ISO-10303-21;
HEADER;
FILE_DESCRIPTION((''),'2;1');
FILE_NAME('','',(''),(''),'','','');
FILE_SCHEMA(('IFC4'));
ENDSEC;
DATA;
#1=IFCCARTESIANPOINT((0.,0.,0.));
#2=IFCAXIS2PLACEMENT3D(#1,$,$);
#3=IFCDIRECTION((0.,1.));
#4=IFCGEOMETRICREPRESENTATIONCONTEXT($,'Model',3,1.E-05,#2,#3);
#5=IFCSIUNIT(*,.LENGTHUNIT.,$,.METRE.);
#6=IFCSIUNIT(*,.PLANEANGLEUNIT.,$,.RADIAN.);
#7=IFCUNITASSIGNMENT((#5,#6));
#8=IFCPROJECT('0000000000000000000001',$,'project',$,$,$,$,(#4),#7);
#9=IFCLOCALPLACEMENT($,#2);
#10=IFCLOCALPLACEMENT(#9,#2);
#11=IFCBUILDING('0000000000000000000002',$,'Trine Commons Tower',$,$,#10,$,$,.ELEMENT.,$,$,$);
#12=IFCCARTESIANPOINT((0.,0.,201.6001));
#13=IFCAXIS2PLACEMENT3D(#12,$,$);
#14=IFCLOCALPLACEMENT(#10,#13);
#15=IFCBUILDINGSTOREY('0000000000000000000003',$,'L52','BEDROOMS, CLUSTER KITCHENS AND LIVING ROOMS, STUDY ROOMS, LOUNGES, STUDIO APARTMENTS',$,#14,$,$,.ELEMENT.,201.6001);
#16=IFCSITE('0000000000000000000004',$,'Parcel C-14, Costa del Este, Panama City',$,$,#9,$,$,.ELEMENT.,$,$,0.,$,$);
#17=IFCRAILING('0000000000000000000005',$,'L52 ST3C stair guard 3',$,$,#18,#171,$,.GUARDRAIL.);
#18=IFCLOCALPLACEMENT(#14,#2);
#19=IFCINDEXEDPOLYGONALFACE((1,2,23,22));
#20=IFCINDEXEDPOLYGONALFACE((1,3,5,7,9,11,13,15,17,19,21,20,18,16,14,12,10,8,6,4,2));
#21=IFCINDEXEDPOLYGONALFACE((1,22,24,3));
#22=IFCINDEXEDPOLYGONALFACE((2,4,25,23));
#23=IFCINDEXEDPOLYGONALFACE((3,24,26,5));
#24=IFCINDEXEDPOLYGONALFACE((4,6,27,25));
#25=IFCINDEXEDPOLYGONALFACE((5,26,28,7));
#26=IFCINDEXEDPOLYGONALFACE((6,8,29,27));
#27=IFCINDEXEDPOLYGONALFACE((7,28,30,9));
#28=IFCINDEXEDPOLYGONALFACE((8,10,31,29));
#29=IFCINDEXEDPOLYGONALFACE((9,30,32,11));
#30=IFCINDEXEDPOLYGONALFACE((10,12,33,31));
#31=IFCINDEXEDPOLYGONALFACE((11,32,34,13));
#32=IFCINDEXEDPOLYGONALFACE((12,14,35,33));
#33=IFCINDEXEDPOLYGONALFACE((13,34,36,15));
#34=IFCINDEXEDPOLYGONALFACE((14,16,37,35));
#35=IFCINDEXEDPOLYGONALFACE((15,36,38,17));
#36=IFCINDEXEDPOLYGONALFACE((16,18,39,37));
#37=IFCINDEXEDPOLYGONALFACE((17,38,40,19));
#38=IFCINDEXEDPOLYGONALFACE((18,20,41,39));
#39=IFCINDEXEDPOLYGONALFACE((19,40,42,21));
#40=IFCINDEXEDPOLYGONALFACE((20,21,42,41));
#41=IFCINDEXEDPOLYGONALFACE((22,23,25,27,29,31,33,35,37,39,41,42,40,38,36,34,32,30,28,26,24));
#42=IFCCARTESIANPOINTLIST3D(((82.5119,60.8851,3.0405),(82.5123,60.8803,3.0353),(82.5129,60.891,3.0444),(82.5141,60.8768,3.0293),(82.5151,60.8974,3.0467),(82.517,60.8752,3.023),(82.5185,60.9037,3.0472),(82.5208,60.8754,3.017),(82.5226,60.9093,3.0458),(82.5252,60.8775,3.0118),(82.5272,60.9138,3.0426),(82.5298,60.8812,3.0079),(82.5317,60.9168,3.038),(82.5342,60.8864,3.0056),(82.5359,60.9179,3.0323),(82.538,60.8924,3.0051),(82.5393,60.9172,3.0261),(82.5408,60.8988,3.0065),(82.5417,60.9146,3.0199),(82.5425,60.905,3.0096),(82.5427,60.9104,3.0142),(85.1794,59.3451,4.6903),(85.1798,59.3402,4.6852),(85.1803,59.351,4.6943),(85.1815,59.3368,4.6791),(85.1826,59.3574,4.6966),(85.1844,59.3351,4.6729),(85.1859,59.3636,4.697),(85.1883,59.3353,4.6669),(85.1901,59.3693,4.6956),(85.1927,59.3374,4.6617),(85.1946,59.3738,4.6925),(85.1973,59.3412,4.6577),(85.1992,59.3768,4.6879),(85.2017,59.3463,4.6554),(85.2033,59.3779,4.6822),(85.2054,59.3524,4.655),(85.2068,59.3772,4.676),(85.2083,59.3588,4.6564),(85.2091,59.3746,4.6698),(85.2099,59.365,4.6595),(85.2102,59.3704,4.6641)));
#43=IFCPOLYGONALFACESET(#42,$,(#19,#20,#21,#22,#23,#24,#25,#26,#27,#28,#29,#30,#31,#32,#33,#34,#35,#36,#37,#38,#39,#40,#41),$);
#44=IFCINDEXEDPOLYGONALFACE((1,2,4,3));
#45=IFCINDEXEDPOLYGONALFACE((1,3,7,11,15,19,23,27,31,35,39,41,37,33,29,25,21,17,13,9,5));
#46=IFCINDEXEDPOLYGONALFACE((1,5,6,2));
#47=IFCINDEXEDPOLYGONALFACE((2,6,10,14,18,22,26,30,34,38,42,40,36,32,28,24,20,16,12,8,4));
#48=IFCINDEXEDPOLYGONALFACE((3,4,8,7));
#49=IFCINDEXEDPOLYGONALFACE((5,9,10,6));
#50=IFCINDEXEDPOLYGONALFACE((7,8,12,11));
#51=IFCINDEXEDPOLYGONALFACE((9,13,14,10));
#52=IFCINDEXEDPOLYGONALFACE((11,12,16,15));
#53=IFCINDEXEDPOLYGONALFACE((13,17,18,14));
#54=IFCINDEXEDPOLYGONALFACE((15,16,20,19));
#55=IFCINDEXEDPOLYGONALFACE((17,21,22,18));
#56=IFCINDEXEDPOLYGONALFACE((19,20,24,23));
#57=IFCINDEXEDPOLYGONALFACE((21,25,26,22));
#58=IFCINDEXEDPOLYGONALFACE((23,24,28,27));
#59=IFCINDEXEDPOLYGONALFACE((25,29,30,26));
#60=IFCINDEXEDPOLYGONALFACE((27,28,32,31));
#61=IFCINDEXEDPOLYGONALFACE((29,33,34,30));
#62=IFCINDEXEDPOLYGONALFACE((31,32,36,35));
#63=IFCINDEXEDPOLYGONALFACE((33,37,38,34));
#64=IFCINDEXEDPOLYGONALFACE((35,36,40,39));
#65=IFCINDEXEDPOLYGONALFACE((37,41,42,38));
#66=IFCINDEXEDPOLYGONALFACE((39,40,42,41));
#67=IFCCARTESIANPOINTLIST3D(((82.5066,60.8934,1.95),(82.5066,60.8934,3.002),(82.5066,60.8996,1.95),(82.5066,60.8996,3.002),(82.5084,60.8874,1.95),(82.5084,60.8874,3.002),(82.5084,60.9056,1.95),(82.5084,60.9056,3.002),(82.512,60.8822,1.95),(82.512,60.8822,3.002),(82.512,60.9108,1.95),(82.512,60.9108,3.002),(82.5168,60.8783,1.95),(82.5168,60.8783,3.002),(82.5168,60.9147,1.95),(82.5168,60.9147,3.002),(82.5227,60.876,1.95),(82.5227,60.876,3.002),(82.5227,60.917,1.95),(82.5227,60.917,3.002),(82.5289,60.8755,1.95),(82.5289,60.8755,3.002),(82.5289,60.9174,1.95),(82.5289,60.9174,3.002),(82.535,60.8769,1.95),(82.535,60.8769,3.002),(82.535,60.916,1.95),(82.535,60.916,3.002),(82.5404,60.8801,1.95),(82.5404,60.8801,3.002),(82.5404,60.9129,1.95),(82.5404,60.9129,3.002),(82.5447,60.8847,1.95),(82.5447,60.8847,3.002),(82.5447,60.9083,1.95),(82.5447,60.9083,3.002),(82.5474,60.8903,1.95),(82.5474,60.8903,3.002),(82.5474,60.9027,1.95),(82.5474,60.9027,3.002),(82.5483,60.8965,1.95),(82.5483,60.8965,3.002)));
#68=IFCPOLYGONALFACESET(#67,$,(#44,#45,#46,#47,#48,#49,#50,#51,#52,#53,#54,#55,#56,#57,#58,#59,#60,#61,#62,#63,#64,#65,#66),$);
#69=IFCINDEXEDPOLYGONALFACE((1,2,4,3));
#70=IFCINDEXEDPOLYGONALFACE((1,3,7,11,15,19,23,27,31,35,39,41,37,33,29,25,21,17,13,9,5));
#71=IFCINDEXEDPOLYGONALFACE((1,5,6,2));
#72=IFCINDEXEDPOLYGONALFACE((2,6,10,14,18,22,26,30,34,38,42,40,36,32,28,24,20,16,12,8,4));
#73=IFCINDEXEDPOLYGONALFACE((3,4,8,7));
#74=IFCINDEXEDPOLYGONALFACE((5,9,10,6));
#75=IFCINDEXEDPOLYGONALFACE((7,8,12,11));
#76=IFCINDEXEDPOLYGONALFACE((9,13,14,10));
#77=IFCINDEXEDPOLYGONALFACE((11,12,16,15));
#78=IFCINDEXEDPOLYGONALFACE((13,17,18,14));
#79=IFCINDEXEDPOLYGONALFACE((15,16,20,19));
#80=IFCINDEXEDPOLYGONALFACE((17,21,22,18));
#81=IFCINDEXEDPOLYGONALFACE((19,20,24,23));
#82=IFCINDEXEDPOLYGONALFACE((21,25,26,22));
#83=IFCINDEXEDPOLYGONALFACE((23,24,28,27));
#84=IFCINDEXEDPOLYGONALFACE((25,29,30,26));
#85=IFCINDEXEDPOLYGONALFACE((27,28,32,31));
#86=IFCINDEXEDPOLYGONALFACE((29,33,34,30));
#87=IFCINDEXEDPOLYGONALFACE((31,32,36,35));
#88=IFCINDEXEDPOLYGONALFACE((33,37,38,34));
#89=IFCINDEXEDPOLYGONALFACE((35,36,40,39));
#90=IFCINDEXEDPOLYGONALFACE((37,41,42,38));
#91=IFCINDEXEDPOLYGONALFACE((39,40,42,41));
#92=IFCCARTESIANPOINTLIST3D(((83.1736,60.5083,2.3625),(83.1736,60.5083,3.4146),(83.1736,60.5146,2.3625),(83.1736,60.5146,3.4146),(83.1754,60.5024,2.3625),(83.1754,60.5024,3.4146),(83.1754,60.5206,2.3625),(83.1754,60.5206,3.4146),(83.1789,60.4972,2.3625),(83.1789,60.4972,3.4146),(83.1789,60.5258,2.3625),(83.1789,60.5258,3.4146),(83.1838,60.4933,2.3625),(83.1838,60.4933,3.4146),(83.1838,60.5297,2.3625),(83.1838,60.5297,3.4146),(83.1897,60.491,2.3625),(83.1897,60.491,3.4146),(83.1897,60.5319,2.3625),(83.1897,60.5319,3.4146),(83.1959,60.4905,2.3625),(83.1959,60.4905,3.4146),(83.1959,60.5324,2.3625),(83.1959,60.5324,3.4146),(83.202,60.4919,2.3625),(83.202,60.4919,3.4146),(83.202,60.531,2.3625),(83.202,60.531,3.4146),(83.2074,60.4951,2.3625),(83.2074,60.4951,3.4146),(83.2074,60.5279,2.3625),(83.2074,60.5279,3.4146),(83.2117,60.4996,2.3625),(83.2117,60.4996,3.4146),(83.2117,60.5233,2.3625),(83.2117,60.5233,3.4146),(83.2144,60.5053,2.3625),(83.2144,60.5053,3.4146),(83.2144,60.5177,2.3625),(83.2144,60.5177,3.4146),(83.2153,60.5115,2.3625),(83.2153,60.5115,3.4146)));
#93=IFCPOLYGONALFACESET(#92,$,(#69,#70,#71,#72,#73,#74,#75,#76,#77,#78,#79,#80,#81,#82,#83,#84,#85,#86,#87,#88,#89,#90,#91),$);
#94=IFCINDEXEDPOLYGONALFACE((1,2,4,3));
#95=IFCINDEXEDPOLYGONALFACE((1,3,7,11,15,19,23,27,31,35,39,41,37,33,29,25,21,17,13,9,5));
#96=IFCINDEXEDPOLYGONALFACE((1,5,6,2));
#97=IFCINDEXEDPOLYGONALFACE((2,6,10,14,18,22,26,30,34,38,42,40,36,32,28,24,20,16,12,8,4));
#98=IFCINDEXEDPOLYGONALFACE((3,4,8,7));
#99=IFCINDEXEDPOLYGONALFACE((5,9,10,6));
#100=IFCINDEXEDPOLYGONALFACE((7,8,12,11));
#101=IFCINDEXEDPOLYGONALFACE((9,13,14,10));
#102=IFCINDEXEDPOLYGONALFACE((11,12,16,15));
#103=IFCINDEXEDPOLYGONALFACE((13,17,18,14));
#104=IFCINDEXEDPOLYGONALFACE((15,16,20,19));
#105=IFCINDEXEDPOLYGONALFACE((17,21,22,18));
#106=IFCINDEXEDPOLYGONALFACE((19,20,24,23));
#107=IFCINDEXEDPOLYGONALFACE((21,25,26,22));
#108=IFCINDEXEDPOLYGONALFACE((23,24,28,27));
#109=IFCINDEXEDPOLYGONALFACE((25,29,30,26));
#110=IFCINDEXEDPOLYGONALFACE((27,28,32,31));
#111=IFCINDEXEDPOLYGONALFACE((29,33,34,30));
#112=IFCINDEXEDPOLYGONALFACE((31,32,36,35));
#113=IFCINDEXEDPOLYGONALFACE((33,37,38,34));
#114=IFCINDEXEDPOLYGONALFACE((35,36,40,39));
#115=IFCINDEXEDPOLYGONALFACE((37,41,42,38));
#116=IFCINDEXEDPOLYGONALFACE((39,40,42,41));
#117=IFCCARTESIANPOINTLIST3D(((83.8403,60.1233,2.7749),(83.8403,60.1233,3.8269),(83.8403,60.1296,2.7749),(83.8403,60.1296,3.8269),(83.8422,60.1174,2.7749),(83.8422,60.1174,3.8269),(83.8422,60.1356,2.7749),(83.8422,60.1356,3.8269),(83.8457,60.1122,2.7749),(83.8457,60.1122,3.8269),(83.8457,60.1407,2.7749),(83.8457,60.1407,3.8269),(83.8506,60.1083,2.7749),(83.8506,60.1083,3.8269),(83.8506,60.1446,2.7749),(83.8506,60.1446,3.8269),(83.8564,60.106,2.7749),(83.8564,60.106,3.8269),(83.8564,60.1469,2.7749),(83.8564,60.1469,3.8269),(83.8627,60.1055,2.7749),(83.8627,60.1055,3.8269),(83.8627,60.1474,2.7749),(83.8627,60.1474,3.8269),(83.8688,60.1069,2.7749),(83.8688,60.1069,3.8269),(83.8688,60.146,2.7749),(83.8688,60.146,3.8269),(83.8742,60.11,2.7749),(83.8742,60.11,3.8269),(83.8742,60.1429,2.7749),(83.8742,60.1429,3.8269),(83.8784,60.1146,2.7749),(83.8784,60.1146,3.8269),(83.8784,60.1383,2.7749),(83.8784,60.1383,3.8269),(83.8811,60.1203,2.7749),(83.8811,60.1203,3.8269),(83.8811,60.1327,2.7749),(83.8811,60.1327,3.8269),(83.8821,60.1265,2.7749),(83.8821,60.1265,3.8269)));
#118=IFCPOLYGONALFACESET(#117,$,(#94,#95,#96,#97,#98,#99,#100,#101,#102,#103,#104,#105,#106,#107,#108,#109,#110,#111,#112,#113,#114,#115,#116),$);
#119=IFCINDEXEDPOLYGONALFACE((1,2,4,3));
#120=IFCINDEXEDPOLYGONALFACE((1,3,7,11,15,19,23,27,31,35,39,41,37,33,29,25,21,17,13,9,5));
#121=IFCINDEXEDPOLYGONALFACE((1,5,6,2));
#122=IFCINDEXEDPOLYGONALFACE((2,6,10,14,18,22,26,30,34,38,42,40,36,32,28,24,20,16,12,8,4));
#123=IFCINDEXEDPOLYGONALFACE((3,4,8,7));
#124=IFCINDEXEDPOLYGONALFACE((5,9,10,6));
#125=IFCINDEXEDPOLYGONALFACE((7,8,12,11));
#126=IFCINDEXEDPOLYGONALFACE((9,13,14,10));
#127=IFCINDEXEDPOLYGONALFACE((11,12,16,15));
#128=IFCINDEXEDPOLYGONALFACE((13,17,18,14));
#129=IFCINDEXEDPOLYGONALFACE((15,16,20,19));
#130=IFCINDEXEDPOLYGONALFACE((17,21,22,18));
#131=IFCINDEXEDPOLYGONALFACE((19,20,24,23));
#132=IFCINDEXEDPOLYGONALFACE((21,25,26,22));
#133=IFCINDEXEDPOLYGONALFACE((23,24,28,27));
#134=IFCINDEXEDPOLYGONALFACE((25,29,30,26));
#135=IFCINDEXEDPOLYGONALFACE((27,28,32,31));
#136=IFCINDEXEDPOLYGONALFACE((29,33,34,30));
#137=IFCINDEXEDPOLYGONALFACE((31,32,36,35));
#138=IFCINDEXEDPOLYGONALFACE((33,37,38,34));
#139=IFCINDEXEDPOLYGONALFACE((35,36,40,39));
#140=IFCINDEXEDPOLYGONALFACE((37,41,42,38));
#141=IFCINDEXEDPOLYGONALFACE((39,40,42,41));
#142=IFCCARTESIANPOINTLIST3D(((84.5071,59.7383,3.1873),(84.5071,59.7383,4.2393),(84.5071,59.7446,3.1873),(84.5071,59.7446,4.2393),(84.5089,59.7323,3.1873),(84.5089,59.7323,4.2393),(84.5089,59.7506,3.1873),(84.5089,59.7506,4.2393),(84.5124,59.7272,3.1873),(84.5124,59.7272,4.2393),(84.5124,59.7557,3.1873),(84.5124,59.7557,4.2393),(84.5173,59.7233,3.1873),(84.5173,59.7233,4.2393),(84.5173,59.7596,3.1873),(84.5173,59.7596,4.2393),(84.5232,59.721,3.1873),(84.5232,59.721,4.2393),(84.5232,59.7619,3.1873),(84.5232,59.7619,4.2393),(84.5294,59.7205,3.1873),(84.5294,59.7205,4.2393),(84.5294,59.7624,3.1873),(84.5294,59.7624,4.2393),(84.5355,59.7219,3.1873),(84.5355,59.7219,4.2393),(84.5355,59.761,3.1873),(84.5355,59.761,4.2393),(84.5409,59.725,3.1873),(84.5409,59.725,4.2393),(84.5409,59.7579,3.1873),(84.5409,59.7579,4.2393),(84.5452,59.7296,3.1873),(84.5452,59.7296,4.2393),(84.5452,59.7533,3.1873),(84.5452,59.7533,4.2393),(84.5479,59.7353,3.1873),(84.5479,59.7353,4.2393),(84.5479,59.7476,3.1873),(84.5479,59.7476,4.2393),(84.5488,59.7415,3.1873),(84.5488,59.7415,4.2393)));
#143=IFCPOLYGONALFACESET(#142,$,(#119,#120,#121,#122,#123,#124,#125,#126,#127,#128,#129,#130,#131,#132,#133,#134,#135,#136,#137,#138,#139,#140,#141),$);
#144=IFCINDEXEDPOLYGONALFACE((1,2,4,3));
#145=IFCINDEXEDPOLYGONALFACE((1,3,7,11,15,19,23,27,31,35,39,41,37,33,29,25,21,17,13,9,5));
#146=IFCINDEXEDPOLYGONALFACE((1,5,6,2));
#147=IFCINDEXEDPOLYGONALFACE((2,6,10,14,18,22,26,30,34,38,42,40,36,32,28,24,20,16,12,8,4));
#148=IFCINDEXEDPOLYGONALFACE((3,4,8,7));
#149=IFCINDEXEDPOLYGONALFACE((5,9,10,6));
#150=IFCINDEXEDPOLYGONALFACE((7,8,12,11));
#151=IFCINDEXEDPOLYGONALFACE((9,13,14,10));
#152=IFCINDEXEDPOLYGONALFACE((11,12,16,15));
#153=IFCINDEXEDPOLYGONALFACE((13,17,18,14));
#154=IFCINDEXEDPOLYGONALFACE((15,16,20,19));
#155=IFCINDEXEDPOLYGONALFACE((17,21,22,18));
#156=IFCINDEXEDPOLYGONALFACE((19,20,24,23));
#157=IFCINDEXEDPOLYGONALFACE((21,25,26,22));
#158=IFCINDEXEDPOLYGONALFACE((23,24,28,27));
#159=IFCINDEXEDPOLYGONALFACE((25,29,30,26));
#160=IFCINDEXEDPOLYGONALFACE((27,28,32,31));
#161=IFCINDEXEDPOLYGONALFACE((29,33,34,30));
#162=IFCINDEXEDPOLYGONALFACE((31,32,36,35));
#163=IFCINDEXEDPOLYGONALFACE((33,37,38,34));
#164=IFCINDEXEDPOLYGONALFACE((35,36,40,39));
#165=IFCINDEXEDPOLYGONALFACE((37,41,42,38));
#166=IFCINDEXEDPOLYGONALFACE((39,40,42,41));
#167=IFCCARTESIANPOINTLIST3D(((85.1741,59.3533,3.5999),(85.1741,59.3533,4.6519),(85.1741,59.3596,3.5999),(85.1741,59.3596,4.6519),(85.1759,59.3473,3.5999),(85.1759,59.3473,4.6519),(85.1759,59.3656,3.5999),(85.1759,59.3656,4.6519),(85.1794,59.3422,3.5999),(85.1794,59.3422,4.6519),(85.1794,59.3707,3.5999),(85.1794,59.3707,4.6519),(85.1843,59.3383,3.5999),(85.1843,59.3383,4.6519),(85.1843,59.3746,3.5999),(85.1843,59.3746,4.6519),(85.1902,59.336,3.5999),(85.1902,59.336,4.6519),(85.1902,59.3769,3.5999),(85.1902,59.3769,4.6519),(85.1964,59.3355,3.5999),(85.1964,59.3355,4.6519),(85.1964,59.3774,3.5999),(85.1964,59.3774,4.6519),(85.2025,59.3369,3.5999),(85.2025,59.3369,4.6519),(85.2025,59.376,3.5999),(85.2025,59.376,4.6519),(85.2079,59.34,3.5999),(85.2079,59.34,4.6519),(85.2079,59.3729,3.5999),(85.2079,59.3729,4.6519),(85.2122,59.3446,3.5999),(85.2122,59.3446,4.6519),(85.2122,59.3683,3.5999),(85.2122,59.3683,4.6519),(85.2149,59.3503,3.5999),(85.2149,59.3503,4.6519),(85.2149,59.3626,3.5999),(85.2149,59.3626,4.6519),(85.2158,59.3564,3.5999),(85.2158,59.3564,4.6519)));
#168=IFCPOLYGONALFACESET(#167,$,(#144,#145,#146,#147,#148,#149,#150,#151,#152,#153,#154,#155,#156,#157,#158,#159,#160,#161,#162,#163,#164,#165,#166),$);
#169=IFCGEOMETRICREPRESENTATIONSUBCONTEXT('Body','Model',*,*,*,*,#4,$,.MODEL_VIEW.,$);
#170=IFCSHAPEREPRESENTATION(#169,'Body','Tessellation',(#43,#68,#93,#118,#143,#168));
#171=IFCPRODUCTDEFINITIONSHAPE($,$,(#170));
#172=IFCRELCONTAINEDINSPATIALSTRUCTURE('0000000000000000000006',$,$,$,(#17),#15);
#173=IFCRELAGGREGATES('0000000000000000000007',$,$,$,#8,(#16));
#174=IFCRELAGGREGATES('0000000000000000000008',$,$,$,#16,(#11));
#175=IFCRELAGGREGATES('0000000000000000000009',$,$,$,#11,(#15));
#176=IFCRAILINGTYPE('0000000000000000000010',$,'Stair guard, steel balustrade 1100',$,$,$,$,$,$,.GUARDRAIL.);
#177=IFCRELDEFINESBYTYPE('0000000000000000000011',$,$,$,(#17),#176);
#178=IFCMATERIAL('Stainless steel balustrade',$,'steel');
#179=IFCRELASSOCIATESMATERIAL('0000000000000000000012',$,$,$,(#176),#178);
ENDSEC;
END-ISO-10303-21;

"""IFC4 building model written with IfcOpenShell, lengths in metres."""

from ifc_helpers import new_model, si_unit, direction, frame, origin, origin_2d, place, context, subcontext, project, spatial, circle, extrude, material, type_object, element, save


model = new_model("IFC4")

# Units and contexts
model_context = context("Model", 3, precision=1e-05, world=origin(), true_north=direction((0.0, 1.0)))
body_context = subcontext(model_context, "Body", "Model", "MODEL_VIEW")
ifc_project = project(units=[si_unit("LENGTHUNIT", "METRE"), si_unit("PLANEANGLEUNIT", "RADIAN")], contexts=[model_context])

# Site, building, storey
site_placement = place(None, origin())
site = spatial("IfcSite", under=ifc_project, at=site_placement, Name="Parcel C-14, Costa del Este, Panama City", CompositionType="ELEMENT", RefElevation=0.0)
building_placement = place(site_placement, origin())
building = spatial("IfcBuilding", under=site, at=building_placement, Name="Trine Commons Tower", CompositionType="ELEMENT")
storey_placement = place(building_placement, frame((0.0, 0.0, 201.6001)))
storey = spatial("IfcBuildingStorey", under=building, at=storey_placement, Name="L52", Description="BEDROOMS, CLUSTER KITCHENS AND LIVING ROOMS, STUDY ROOMS, LOUNGES, STUDIO APARTMENTS", CompositionType="ELEMENT", Elevation=201.6001)

# Railing
ifc_material_1 = material(Name="Stainless steel balustrade", Category="steel")
railing_type_1 = type_object("IfcRailingType", Name="Stair guard, steel balustrade 1100", PredefinedType="GUARDRAIL", material=ifc_material_1)
railing_1_placement = place(storey_placement, frame((82.5273, 60.8965, 1.95)))
element("IfcRailing", 1, at=railing_1_placement, inside=storey, type_object=railing_type_1, Name="L52 ST3C stair guard 3", PredefinedType="GUARDRAIL", context=body_context, shape_type="SweptSolid", body=[
    extrude(circle(Radius=0.0239, at=origin_2d()), frame((0.0, 0.0, 1.0762), z_axis=(0.763405, -0.440743, 0.472185), x_axis=(0.499992, 0.86603, 0.0)), (0.0, 0.0, 1.0), 3.4941),
    extrude(circle(Radius=0.021, at=origin_2d()), origin(), (0.0, 0.0, 1.0), 1.052),
    extrude(circle(Radius=0.021, at=origin_2d()), frame((0.667, -0.385, 0.4126)), (0.0, 0.0, 1.0), 1.052),
    extrude(circle(Radius=0.021, at=origin_2d()), frame((1.3337, -0.77, 0.825)), (0.0, 0.0, 1.0), 1.052),
    extrude(circle(Radius=0.021, at=origin_2d()), frame((2.0005, -1.155, 1.2373)), (0.0, 0.0, 1.0), 1.052),
    extrude(circle(Radius=0.021, at=origin_2d()), frame((2.6675, -1.54, 1.6499)), (0.0, 0.0, 1.0), 1.052),
])

save(model, "model.ifc")
